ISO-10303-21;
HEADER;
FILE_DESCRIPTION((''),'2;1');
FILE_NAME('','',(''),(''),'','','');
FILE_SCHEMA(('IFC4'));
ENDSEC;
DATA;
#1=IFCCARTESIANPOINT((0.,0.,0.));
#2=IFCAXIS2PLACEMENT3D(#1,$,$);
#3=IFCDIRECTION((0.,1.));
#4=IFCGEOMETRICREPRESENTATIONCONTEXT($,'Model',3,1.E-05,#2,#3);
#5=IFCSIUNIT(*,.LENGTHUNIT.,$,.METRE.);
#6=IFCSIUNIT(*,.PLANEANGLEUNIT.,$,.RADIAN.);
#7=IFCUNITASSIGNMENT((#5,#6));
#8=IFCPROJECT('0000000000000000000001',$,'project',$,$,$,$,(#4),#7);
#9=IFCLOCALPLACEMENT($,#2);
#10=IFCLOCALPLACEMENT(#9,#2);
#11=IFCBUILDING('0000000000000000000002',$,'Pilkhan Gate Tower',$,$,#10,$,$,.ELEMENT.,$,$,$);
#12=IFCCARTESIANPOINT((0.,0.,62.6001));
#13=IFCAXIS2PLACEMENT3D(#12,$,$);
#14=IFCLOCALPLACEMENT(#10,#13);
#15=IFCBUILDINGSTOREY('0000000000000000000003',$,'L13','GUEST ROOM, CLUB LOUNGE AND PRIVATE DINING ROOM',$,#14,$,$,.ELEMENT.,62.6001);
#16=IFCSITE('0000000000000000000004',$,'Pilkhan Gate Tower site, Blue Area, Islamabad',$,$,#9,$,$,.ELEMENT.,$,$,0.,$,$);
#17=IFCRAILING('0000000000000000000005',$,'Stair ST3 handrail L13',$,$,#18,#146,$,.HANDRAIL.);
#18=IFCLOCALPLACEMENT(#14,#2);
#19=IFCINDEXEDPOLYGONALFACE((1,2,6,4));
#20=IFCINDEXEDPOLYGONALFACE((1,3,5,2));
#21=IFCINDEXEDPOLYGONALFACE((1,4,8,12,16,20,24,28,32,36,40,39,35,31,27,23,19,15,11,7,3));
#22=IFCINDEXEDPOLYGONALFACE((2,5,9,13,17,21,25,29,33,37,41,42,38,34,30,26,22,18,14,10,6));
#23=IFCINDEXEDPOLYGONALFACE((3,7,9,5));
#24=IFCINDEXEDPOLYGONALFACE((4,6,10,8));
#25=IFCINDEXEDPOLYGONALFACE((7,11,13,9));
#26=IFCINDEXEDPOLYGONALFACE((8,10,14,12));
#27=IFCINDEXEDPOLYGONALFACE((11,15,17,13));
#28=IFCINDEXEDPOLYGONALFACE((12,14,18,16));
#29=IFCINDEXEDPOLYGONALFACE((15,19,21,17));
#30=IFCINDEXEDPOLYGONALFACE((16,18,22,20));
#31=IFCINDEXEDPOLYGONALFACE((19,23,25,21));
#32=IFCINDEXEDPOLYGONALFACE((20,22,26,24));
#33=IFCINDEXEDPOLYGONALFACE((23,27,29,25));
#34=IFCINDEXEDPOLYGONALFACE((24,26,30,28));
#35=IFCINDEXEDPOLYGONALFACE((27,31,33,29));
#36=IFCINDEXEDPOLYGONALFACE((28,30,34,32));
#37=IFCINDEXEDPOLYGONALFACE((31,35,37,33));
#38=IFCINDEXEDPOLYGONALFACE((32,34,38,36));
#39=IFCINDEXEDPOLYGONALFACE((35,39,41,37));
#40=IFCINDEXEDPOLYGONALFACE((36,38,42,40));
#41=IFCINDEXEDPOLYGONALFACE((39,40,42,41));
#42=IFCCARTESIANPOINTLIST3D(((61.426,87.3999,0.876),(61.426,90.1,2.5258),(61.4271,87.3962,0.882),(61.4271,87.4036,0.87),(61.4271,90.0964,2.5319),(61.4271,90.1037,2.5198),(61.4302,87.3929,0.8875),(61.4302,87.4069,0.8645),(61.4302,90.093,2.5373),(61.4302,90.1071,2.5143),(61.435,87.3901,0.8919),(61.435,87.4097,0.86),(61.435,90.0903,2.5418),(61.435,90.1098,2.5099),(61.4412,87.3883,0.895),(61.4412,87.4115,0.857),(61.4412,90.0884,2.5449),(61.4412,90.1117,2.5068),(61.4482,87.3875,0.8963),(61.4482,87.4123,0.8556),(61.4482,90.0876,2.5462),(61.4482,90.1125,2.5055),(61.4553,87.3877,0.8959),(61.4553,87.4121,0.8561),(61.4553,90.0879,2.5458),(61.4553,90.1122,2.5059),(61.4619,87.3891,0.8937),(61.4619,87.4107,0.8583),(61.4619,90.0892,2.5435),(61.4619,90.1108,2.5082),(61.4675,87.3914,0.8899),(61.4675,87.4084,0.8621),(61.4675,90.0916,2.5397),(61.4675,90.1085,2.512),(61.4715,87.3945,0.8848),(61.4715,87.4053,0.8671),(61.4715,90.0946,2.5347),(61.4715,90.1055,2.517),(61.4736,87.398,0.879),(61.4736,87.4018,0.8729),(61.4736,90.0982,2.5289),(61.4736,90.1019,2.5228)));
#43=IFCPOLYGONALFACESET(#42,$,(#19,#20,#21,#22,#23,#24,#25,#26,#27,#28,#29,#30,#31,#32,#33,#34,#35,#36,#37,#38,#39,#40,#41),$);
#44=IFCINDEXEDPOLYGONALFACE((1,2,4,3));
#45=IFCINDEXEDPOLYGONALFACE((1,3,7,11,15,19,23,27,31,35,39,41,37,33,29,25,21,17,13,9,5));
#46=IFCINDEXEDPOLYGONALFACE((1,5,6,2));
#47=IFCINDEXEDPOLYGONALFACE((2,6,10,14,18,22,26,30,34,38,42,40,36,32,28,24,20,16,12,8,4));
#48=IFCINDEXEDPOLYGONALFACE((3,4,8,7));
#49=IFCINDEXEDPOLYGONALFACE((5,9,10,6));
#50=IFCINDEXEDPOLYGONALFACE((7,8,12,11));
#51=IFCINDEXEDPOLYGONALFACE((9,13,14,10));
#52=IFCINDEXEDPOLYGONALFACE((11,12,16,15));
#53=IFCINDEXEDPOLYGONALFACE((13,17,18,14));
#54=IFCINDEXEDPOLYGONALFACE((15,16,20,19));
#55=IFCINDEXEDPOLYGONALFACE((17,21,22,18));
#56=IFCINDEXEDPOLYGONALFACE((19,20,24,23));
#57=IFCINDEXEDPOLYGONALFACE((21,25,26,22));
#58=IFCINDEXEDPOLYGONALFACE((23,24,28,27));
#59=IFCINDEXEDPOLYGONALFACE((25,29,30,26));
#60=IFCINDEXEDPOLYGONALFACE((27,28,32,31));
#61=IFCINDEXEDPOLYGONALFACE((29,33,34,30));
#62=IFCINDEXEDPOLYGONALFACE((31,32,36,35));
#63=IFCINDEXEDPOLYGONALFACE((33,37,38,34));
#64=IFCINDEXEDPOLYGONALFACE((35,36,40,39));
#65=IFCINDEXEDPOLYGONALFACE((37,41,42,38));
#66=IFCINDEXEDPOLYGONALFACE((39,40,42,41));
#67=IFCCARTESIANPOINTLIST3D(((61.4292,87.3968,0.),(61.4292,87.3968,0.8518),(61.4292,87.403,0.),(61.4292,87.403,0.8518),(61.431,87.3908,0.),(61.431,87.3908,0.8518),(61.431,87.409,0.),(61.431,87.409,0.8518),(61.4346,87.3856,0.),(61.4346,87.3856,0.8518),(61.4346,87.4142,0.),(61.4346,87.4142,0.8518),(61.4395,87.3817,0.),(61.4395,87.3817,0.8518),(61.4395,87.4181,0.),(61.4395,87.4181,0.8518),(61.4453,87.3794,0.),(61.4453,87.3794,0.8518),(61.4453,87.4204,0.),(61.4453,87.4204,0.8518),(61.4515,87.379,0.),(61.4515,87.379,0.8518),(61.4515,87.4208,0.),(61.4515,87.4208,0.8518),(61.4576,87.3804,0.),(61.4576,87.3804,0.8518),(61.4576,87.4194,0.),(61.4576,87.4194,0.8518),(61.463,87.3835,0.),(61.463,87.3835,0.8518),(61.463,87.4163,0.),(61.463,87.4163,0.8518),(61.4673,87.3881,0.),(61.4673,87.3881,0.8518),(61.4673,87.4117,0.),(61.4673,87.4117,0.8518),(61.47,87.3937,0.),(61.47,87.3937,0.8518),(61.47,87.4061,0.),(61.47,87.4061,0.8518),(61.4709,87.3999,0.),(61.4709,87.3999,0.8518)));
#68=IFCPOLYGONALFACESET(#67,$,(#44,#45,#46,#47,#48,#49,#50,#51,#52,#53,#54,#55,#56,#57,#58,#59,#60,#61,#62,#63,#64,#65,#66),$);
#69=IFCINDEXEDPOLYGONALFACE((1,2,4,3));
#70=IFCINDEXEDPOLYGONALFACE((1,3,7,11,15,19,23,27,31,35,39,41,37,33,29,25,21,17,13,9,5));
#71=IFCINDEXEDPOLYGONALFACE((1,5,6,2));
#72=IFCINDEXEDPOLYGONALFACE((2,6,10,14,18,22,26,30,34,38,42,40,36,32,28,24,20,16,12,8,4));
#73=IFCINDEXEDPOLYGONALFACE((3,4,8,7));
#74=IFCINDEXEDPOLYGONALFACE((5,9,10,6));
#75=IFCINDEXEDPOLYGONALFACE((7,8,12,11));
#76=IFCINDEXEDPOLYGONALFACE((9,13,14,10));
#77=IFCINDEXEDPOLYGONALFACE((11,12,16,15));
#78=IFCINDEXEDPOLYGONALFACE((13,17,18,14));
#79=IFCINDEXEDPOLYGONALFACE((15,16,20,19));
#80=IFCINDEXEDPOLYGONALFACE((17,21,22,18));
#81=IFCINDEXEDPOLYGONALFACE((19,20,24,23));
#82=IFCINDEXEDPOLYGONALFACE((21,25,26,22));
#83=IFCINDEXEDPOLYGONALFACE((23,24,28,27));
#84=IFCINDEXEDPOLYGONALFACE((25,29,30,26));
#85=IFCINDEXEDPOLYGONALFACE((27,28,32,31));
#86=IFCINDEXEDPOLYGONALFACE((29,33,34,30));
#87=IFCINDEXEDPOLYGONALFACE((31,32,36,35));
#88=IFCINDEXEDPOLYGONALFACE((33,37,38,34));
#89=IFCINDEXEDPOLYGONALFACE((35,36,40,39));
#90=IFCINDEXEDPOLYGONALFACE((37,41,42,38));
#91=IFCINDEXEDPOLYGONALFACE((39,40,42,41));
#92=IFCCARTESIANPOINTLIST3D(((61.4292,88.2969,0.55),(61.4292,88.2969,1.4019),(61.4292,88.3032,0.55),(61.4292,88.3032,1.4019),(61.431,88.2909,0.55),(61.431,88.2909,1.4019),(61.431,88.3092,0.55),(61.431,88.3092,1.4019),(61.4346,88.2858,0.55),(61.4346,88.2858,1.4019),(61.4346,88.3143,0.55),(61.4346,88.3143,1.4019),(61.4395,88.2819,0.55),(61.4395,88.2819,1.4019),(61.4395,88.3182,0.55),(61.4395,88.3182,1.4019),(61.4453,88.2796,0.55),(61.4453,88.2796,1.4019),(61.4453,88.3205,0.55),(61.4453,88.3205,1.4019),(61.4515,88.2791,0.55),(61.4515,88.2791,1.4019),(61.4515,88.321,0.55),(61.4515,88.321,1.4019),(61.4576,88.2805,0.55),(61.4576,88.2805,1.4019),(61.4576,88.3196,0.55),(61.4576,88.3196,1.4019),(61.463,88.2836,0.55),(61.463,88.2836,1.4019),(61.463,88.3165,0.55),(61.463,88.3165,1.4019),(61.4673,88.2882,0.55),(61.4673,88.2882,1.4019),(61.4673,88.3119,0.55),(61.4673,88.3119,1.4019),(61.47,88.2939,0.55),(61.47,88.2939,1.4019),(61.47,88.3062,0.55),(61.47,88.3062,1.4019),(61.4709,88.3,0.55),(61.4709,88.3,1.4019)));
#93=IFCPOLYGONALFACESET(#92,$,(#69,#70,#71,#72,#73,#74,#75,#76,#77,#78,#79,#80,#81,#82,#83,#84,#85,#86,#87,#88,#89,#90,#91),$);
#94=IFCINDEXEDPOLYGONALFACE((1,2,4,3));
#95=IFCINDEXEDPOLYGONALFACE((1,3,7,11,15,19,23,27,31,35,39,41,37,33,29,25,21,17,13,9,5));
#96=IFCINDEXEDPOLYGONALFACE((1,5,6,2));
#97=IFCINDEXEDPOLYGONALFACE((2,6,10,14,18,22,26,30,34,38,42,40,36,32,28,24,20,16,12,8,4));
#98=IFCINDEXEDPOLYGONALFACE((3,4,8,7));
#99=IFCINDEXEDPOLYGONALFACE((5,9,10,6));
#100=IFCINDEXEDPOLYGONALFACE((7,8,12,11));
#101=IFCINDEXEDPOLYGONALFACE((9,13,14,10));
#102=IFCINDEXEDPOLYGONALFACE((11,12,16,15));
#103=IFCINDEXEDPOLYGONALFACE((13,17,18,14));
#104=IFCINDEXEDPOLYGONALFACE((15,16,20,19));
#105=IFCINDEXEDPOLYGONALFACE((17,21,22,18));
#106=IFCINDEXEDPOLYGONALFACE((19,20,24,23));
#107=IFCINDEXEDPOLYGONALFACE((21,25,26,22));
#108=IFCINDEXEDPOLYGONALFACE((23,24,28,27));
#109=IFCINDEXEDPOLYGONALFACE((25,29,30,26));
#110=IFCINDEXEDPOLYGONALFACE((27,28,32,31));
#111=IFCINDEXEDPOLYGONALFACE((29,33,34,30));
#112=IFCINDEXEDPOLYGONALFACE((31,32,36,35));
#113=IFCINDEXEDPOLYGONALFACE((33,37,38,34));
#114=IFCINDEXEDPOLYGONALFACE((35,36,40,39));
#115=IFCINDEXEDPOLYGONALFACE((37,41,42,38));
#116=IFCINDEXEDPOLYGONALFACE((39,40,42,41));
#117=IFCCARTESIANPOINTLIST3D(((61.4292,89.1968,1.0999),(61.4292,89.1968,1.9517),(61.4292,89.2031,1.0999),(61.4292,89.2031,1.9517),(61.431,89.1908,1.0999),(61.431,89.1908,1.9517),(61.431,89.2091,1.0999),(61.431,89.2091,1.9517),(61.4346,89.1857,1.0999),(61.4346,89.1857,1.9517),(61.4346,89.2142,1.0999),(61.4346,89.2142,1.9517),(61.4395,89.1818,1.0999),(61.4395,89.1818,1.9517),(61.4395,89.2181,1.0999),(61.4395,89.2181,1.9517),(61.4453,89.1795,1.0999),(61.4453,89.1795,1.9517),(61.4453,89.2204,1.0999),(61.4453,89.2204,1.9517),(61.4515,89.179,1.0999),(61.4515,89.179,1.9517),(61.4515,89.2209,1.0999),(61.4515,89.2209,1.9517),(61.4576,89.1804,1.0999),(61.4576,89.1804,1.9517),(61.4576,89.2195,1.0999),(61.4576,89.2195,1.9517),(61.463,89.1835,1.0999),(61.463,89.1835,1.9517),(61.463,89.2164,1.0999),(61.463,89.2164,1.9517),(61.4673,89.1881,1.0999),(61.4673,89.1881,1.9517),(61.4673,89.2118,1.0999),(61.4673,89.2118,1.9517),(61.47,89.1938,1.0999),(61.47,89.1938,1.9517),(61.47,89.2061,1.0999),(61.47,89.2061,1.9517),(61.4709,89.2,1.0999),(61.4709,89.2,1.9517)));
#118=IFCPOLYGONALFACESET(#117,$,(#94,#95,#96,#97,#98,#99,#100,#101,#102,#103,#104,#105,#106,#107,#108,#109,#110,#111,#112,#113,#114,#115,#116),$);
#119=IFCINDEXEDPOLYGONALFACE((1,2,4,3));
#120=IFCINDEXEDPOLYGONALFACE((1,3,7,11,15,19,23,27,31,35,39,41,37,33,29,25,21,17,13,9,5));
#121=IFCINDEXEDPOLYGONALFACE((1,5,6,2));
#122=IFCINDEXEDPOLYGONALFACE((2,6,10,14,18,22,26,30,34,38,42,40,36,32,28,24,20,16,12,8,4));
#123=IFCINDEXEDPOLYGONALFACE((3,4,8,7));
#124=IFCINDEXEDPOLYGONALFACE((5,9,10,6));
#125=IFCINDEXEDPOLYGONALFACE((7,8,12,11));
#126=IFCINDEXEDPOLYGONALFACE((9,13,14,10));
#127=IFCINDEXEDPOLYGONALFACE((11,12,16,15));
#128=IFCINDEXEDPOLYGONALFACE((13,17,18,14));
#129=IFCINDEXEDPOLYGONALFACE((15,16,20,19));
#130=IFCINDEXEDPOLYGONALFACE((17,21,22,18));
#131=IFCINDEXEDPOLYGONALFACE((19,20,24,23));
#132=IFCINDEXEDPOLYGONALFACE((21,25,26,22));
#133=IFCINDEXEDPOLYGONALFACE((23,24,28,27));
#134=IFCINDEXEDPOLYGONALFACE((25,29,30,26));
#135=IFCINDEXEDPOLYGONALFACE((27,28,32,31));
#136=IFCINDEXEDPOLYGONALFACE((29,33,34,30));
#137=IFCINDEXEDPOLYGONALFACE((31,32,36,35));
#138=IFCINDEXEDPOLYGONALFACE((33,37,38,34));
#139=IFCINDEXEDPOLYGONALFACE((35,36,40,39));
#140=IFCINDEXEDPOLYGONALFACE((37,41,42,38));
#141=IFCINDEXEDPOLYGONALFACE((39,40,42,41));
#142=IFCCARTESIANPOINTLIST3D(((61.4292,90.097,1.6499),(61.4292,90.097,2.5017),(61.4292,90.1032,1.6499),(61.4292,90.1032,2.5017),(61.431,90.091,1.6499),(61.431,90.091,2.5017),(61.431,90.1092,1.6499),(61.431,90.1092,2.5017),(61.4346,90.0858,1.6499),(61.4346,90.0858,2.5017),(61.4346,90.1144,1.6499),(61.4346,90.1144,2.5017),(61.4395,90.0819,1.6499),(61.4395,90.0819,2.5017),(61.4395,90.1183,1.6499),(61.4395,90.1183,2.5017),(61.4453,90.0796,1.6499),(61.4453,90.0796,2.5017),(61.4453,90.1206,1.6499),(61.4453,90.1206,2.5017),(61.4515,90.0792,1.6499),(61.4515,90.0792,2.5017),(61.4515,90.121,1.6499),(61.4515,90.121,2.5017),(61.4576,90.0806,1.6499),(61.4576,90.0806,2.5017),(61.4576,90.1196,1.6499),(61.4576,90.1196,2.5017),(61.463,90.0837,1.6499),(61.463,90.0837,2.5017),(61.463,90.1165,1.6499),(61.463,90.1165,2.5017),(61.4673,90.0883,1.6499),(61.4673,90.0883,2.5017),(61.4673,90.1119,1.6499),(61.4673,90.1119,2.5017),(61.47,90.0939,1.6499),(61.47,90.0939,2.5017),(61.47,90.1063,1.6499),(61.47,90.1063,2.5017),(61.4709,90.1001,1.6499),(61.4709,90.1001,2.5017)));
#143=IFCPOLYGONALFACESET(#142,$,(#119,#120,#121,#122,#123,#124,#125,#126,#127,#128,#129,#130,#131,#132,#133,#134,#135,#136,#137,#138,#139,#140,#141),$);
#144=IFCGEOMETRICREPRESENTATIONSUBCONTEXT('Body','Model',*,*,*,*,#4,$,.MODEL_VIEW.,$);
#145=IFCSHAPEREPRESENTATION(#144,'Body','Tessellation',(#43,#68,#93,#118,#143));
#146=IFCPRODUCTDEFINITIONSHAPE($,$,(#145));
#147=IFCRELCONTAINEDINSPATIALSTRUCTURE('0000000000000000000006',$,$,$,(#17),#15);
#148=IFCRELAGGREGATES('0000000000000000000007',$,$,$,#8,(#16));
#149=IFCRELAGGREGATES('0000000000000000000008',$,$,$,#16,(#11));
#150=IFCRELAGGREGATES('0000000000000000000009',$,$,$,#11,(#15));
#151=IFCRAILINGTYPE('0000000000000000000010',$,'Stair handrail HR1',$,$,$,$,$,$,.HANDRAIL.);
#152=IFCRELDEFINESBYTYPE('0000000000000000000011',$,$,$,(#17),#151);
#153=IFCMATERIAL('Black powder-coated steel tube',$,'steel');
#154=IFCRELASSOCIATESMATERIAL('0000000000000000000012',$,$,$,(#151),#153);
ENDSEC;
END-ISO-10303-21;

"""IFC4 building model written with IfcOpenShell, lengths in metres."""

from ifc_helpers import new_model, si_unit, direction, frame, origin, origin_2d, place, context, subcontext, project, spatial, circle, extrude, material, type_object, element, save


model = new_model("IFC4")

# Units and contexts
model_context = context("Model", 3, precision=1e-05, world=origin(), true_north=direction((0.0, 1.0)))
body_context = subcontext(model_context, "Body", "Model", "MODEL_VIEW")
ifc_project = project(units=[si_unit("LENGTHUNIT", "METRE"), si_unit("PLANEANGLEUNIT", "RADIAN")], contexts=[model_context])

# Site, building, storey
site_placement = place(None, origin())
site = spatial("IfcSite", under=ifc_project, at=site_placement, Name="Pilkhan Gate Tower site, Blue Area, Islamabad", CompositionType="ELEMENT", RefElevation=0.0)
building_placement = place(site_placement, origin())
building = spatial("IfcBuilding", under=site, at=building_placement, Name="Pilkhan Gate Tower", CompositionType="ELEMENT")
storey_placement = place(building_placement, frame((0.0, 0.0, 62.6001)))
storey = spatial("IfcBuildingStorey", under=building, at=storey_placement, Name="L13", Description="GUEST ROOM, CLUB LOUNGE AND PRIVATE DINING ROOM", CompositionType="ELEMENT", Elevation=62.6001)

# Railing
ifc_material_1 = material(Name="Black powder-coated steel tube", Category="steel")
railing_type_1 = type_object("IfcRailingType", Name="Stair handrail HR1", PredefinedType="HANDRAIL", material=ifc_material_1)
railing_1_placement = place(storey_placement, frame((61.45, 87.3999, 0.0)))
element("IfcRailing", 1, at=railing_1_placement, inside=storey, type_object=railing_type_1, Name="Stair ST3 handrail L13", PredefinedType="HANDRAIL", context=body_context, shape_type="SweptSolid", body=[
    extrude(circle(Radius=0.0239, at=origin_2d()), frame((0.0, 0.0, 0.876), z_axis=(0.0, 0.853312, 0.5214), x_axis=(-1.0, 0.0, 0.0)), (0.0, 0.0, 1.0), 3.1643),
    extrude(circle(Radius=0.021, at=origin_2d()), origin(), (0.0, 0.0, 1.0), 0.8518),
    extrude(circle(Radius=0.021, at=origin_2d()), frame((0.0, 0.9001, 0.55)), (0.0, 0.0, 1.0), 0.8518),
    extrude(circle(Radius=0.021, at=origin_2d()), frame((0.0, 1.8, 1.0999)), (0.0, 0.0, 1.0), 0.8518),
    extrude(circle(Radius=0.021, at=origin_2d()), frame((0.0, 2.7002, 1.6499)), (0.0, 0.0, 1.0), 0.8518),
])

save(model, "model.ifc")
